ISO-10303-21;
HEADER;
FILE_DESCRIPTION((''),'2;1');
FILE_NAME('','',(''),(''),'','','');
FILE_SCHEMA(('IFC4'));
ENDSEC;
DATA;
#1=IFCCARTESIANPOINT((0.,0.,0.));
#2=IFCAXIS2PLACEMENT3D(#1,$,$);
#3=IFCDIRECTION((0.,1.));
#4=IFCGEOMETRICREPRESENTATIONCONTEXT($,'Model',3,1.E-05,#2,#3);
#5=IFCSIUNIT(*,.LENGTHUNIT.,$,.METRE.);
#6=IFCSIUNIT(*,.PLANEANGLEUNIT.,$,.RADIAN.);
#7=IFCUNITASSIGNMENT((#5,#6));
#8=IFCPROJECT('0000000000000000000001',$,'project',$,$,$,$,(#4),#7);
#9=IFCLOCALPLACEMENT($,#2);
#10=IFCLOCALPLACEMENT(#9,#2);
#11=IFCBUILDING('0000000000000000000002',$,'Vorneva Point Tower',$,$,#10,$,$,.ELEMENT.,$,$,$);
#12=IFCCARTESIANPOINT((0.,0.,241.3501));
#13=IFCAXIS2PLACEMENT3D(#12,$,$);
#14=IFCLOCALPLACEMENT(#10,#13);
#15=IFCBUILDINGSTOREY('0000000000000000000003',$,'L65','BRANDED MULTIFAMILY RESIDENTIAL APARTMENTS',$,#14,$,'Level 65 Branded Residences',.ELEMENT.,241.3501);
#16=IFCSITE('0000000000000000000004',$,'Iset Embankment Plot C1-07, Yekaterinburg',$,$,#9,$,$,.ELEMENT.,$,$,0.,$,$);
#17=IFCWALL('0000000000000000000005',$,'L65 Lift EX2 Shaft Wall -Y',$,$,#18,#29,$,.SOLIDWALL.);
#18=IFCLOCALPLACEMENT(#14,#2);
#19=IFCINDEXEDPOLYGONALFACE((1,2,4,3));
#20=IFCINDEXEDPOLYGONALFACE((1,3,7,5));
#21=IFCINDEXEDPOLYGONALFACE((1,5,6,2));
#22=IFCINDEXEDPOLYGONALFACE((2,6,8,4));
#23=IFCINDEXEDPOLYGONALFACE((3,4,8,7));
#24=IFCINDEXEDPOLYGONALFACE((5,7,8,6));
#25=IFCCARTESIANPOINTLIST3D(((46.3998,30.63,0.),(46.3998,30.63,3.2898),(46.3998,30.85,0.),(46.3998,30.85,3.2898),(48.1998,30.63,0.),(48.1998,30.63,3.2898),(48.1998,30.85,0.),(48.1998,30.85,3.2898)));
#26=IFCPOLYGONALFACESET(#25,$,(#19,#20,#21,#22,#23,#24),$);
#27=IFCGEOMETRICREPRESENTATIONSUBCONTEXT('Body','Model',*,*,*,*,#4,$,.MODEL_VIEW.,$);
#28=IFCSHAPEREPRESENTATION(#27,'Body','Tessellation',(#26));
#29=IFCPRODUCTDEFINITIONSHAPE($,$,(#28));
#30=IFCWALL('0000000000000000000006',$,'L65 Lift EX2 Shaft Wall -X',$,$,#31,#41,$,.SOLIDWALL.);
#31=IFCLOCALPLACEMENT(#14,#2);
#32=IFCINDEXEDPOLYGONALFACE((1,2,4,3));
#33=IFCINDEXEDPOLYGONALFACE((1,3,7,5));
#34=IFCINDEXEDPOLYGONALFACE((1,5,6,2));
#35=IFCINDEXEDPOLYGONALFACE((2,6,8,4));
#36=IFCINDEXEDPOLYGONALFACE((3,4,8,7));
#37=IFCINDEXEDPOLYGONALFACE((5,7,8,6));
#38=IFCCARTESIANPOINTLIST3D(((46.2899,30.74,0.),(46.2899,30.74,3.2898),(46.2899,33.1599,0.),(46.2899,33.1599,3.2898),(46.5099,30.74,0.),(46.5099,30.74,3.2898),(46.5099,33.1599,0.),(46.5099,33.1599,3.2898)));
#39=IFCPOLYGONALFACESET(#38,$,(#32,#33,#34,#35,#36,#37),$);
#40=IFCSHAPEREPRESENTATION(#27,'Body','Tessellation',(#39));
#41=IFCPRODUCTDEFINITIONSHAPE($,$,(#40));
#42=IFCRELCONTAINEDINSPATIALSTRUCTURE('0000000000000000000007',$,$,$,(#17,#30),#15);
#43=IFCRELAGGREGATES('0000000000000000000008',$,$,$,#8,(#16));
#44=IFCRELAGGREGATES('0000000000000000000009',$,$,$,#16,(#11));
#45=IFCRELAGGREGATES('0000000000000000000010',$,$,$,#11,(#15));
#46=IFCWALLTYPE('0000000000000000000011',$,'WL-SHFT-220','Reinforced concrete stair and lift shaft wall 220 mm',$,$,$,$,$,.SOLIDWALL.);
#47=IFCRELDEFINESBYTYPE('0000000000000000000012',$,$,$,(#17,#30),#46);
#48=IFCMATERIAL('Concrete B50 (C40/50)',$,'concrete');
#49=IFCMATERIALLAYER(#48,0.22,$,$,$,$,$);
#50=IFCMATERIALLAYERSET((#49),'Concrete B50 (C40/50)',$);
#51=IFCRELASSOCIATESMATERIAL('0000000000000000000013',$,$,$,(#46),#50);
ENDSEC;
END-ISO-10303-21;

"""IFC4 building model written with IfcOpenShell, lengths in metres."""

from ifc_helpers import new_model, si_unit, direction, frame, frame_2d, origin, place, context, subcontext, project, spatial, rectangle, extrude, material, layer, layer_set, type_object, element, save


model = new_model("IFC4")

# Units and contexts
model_context = context("Model", 3, precision=1e-05, world=origin(), true_north=direction((0.0, 1.0)))
body_context = subcontext(model_context, "Body", "Model", "MODEL_VIEW")
ifc_project = project(units=[si_unit("LENGTHUNIT", "METRE"), si_unit("PLANEANGLEUNIT", "RADIAN")], contexts=[model_context])

# Site, building, storey
site_placement = place(None, origin())
site = spatial("IfcSite", under=ifc_project, at=site_placement, Name="Iset Embankment Plot C1-07, Yekaterinburg", CompositionType="ELEMENT", RefElevation=0.0)
building_placement = place(site_placement, origin())
building = spatial("IfcBuilding", under=site, at=building_placement, Name="Vorneva Point Tower", CompositionType="ELEMENT")
storey_placement = place(building_placement, frame((0.0, 0.0, 241.3501)))
storey = spatial("IfcBuildingStorey", under=building, at=storey_placement, Name="L65", Description="BRANDED MULTIFAMILY RESIDENTIAL APARTMENTS", LongName="Level 65 Branded Residences", CompositionType="ELEMENT", Elevation=241.3501)

# Shared definitions
ifc_material_1 = material(Name="Concrete B50 (C40/50)", Category="concrete")

# Walls
ifc_layer_1 = layer(ifc_material_1, 0.22)
ifc_layer_set_1 = layer_set([ifc_layer_1], Name="Concrete B50 (C40/50)")
wall_type_1 = type_object("IfcWallType", Name="WL-SHFT-220", Description="Reinforced concrete stair and lift shaft wall 220 mm", PredefinedType="SOLIDWALL", material=ifc_layer_set_1)
wall_1_placement = place(storey_placement, frame((46.3999, 30.74, 0.0), z_axis=(0.0, 0.0, 1.0), x_axis=(1.0, 0.0, 0.0)))
element("IfcWall", 1, at=wall_1_placement, inside=storey, type_object=wall_type_1, Name="L65 Lift EX2 Shaft Wall -Y", PredefinedType="SOLIDWALL", context=body_context, shape_type="SweptSolid", body=[
    extrude(rectangle(XDim=1.8, YDim=0.22, at=frame_2d((0.8999, 0.0))), origin(), (0.0, 0.0, 1.0), 3.2898),
])
wall_2_placement = place(storey_placement, frame((46.3999, 33.1599, 0.0), z_axis=(0.0, 0.0, 1.0), x_axis=(0.0, -1.0, 0.0)))
element("IfcWall", 2, at=wall_2_placement, inside=storey, type_object=wall_type_1, Name="L65 Lift EX2 Shaft Wall -X", PredefinedType="SOLIDWALL", context=body_context, shape_type="SweptSolid", body=[
    extrude(rectangle(XDim=2.4199, YDim=0.22, at=frame_2d((1.21, 0.0))), origin(), (0.0, 0.0, 1.0), 3.2898),
])

save(model, "model.ifc")
